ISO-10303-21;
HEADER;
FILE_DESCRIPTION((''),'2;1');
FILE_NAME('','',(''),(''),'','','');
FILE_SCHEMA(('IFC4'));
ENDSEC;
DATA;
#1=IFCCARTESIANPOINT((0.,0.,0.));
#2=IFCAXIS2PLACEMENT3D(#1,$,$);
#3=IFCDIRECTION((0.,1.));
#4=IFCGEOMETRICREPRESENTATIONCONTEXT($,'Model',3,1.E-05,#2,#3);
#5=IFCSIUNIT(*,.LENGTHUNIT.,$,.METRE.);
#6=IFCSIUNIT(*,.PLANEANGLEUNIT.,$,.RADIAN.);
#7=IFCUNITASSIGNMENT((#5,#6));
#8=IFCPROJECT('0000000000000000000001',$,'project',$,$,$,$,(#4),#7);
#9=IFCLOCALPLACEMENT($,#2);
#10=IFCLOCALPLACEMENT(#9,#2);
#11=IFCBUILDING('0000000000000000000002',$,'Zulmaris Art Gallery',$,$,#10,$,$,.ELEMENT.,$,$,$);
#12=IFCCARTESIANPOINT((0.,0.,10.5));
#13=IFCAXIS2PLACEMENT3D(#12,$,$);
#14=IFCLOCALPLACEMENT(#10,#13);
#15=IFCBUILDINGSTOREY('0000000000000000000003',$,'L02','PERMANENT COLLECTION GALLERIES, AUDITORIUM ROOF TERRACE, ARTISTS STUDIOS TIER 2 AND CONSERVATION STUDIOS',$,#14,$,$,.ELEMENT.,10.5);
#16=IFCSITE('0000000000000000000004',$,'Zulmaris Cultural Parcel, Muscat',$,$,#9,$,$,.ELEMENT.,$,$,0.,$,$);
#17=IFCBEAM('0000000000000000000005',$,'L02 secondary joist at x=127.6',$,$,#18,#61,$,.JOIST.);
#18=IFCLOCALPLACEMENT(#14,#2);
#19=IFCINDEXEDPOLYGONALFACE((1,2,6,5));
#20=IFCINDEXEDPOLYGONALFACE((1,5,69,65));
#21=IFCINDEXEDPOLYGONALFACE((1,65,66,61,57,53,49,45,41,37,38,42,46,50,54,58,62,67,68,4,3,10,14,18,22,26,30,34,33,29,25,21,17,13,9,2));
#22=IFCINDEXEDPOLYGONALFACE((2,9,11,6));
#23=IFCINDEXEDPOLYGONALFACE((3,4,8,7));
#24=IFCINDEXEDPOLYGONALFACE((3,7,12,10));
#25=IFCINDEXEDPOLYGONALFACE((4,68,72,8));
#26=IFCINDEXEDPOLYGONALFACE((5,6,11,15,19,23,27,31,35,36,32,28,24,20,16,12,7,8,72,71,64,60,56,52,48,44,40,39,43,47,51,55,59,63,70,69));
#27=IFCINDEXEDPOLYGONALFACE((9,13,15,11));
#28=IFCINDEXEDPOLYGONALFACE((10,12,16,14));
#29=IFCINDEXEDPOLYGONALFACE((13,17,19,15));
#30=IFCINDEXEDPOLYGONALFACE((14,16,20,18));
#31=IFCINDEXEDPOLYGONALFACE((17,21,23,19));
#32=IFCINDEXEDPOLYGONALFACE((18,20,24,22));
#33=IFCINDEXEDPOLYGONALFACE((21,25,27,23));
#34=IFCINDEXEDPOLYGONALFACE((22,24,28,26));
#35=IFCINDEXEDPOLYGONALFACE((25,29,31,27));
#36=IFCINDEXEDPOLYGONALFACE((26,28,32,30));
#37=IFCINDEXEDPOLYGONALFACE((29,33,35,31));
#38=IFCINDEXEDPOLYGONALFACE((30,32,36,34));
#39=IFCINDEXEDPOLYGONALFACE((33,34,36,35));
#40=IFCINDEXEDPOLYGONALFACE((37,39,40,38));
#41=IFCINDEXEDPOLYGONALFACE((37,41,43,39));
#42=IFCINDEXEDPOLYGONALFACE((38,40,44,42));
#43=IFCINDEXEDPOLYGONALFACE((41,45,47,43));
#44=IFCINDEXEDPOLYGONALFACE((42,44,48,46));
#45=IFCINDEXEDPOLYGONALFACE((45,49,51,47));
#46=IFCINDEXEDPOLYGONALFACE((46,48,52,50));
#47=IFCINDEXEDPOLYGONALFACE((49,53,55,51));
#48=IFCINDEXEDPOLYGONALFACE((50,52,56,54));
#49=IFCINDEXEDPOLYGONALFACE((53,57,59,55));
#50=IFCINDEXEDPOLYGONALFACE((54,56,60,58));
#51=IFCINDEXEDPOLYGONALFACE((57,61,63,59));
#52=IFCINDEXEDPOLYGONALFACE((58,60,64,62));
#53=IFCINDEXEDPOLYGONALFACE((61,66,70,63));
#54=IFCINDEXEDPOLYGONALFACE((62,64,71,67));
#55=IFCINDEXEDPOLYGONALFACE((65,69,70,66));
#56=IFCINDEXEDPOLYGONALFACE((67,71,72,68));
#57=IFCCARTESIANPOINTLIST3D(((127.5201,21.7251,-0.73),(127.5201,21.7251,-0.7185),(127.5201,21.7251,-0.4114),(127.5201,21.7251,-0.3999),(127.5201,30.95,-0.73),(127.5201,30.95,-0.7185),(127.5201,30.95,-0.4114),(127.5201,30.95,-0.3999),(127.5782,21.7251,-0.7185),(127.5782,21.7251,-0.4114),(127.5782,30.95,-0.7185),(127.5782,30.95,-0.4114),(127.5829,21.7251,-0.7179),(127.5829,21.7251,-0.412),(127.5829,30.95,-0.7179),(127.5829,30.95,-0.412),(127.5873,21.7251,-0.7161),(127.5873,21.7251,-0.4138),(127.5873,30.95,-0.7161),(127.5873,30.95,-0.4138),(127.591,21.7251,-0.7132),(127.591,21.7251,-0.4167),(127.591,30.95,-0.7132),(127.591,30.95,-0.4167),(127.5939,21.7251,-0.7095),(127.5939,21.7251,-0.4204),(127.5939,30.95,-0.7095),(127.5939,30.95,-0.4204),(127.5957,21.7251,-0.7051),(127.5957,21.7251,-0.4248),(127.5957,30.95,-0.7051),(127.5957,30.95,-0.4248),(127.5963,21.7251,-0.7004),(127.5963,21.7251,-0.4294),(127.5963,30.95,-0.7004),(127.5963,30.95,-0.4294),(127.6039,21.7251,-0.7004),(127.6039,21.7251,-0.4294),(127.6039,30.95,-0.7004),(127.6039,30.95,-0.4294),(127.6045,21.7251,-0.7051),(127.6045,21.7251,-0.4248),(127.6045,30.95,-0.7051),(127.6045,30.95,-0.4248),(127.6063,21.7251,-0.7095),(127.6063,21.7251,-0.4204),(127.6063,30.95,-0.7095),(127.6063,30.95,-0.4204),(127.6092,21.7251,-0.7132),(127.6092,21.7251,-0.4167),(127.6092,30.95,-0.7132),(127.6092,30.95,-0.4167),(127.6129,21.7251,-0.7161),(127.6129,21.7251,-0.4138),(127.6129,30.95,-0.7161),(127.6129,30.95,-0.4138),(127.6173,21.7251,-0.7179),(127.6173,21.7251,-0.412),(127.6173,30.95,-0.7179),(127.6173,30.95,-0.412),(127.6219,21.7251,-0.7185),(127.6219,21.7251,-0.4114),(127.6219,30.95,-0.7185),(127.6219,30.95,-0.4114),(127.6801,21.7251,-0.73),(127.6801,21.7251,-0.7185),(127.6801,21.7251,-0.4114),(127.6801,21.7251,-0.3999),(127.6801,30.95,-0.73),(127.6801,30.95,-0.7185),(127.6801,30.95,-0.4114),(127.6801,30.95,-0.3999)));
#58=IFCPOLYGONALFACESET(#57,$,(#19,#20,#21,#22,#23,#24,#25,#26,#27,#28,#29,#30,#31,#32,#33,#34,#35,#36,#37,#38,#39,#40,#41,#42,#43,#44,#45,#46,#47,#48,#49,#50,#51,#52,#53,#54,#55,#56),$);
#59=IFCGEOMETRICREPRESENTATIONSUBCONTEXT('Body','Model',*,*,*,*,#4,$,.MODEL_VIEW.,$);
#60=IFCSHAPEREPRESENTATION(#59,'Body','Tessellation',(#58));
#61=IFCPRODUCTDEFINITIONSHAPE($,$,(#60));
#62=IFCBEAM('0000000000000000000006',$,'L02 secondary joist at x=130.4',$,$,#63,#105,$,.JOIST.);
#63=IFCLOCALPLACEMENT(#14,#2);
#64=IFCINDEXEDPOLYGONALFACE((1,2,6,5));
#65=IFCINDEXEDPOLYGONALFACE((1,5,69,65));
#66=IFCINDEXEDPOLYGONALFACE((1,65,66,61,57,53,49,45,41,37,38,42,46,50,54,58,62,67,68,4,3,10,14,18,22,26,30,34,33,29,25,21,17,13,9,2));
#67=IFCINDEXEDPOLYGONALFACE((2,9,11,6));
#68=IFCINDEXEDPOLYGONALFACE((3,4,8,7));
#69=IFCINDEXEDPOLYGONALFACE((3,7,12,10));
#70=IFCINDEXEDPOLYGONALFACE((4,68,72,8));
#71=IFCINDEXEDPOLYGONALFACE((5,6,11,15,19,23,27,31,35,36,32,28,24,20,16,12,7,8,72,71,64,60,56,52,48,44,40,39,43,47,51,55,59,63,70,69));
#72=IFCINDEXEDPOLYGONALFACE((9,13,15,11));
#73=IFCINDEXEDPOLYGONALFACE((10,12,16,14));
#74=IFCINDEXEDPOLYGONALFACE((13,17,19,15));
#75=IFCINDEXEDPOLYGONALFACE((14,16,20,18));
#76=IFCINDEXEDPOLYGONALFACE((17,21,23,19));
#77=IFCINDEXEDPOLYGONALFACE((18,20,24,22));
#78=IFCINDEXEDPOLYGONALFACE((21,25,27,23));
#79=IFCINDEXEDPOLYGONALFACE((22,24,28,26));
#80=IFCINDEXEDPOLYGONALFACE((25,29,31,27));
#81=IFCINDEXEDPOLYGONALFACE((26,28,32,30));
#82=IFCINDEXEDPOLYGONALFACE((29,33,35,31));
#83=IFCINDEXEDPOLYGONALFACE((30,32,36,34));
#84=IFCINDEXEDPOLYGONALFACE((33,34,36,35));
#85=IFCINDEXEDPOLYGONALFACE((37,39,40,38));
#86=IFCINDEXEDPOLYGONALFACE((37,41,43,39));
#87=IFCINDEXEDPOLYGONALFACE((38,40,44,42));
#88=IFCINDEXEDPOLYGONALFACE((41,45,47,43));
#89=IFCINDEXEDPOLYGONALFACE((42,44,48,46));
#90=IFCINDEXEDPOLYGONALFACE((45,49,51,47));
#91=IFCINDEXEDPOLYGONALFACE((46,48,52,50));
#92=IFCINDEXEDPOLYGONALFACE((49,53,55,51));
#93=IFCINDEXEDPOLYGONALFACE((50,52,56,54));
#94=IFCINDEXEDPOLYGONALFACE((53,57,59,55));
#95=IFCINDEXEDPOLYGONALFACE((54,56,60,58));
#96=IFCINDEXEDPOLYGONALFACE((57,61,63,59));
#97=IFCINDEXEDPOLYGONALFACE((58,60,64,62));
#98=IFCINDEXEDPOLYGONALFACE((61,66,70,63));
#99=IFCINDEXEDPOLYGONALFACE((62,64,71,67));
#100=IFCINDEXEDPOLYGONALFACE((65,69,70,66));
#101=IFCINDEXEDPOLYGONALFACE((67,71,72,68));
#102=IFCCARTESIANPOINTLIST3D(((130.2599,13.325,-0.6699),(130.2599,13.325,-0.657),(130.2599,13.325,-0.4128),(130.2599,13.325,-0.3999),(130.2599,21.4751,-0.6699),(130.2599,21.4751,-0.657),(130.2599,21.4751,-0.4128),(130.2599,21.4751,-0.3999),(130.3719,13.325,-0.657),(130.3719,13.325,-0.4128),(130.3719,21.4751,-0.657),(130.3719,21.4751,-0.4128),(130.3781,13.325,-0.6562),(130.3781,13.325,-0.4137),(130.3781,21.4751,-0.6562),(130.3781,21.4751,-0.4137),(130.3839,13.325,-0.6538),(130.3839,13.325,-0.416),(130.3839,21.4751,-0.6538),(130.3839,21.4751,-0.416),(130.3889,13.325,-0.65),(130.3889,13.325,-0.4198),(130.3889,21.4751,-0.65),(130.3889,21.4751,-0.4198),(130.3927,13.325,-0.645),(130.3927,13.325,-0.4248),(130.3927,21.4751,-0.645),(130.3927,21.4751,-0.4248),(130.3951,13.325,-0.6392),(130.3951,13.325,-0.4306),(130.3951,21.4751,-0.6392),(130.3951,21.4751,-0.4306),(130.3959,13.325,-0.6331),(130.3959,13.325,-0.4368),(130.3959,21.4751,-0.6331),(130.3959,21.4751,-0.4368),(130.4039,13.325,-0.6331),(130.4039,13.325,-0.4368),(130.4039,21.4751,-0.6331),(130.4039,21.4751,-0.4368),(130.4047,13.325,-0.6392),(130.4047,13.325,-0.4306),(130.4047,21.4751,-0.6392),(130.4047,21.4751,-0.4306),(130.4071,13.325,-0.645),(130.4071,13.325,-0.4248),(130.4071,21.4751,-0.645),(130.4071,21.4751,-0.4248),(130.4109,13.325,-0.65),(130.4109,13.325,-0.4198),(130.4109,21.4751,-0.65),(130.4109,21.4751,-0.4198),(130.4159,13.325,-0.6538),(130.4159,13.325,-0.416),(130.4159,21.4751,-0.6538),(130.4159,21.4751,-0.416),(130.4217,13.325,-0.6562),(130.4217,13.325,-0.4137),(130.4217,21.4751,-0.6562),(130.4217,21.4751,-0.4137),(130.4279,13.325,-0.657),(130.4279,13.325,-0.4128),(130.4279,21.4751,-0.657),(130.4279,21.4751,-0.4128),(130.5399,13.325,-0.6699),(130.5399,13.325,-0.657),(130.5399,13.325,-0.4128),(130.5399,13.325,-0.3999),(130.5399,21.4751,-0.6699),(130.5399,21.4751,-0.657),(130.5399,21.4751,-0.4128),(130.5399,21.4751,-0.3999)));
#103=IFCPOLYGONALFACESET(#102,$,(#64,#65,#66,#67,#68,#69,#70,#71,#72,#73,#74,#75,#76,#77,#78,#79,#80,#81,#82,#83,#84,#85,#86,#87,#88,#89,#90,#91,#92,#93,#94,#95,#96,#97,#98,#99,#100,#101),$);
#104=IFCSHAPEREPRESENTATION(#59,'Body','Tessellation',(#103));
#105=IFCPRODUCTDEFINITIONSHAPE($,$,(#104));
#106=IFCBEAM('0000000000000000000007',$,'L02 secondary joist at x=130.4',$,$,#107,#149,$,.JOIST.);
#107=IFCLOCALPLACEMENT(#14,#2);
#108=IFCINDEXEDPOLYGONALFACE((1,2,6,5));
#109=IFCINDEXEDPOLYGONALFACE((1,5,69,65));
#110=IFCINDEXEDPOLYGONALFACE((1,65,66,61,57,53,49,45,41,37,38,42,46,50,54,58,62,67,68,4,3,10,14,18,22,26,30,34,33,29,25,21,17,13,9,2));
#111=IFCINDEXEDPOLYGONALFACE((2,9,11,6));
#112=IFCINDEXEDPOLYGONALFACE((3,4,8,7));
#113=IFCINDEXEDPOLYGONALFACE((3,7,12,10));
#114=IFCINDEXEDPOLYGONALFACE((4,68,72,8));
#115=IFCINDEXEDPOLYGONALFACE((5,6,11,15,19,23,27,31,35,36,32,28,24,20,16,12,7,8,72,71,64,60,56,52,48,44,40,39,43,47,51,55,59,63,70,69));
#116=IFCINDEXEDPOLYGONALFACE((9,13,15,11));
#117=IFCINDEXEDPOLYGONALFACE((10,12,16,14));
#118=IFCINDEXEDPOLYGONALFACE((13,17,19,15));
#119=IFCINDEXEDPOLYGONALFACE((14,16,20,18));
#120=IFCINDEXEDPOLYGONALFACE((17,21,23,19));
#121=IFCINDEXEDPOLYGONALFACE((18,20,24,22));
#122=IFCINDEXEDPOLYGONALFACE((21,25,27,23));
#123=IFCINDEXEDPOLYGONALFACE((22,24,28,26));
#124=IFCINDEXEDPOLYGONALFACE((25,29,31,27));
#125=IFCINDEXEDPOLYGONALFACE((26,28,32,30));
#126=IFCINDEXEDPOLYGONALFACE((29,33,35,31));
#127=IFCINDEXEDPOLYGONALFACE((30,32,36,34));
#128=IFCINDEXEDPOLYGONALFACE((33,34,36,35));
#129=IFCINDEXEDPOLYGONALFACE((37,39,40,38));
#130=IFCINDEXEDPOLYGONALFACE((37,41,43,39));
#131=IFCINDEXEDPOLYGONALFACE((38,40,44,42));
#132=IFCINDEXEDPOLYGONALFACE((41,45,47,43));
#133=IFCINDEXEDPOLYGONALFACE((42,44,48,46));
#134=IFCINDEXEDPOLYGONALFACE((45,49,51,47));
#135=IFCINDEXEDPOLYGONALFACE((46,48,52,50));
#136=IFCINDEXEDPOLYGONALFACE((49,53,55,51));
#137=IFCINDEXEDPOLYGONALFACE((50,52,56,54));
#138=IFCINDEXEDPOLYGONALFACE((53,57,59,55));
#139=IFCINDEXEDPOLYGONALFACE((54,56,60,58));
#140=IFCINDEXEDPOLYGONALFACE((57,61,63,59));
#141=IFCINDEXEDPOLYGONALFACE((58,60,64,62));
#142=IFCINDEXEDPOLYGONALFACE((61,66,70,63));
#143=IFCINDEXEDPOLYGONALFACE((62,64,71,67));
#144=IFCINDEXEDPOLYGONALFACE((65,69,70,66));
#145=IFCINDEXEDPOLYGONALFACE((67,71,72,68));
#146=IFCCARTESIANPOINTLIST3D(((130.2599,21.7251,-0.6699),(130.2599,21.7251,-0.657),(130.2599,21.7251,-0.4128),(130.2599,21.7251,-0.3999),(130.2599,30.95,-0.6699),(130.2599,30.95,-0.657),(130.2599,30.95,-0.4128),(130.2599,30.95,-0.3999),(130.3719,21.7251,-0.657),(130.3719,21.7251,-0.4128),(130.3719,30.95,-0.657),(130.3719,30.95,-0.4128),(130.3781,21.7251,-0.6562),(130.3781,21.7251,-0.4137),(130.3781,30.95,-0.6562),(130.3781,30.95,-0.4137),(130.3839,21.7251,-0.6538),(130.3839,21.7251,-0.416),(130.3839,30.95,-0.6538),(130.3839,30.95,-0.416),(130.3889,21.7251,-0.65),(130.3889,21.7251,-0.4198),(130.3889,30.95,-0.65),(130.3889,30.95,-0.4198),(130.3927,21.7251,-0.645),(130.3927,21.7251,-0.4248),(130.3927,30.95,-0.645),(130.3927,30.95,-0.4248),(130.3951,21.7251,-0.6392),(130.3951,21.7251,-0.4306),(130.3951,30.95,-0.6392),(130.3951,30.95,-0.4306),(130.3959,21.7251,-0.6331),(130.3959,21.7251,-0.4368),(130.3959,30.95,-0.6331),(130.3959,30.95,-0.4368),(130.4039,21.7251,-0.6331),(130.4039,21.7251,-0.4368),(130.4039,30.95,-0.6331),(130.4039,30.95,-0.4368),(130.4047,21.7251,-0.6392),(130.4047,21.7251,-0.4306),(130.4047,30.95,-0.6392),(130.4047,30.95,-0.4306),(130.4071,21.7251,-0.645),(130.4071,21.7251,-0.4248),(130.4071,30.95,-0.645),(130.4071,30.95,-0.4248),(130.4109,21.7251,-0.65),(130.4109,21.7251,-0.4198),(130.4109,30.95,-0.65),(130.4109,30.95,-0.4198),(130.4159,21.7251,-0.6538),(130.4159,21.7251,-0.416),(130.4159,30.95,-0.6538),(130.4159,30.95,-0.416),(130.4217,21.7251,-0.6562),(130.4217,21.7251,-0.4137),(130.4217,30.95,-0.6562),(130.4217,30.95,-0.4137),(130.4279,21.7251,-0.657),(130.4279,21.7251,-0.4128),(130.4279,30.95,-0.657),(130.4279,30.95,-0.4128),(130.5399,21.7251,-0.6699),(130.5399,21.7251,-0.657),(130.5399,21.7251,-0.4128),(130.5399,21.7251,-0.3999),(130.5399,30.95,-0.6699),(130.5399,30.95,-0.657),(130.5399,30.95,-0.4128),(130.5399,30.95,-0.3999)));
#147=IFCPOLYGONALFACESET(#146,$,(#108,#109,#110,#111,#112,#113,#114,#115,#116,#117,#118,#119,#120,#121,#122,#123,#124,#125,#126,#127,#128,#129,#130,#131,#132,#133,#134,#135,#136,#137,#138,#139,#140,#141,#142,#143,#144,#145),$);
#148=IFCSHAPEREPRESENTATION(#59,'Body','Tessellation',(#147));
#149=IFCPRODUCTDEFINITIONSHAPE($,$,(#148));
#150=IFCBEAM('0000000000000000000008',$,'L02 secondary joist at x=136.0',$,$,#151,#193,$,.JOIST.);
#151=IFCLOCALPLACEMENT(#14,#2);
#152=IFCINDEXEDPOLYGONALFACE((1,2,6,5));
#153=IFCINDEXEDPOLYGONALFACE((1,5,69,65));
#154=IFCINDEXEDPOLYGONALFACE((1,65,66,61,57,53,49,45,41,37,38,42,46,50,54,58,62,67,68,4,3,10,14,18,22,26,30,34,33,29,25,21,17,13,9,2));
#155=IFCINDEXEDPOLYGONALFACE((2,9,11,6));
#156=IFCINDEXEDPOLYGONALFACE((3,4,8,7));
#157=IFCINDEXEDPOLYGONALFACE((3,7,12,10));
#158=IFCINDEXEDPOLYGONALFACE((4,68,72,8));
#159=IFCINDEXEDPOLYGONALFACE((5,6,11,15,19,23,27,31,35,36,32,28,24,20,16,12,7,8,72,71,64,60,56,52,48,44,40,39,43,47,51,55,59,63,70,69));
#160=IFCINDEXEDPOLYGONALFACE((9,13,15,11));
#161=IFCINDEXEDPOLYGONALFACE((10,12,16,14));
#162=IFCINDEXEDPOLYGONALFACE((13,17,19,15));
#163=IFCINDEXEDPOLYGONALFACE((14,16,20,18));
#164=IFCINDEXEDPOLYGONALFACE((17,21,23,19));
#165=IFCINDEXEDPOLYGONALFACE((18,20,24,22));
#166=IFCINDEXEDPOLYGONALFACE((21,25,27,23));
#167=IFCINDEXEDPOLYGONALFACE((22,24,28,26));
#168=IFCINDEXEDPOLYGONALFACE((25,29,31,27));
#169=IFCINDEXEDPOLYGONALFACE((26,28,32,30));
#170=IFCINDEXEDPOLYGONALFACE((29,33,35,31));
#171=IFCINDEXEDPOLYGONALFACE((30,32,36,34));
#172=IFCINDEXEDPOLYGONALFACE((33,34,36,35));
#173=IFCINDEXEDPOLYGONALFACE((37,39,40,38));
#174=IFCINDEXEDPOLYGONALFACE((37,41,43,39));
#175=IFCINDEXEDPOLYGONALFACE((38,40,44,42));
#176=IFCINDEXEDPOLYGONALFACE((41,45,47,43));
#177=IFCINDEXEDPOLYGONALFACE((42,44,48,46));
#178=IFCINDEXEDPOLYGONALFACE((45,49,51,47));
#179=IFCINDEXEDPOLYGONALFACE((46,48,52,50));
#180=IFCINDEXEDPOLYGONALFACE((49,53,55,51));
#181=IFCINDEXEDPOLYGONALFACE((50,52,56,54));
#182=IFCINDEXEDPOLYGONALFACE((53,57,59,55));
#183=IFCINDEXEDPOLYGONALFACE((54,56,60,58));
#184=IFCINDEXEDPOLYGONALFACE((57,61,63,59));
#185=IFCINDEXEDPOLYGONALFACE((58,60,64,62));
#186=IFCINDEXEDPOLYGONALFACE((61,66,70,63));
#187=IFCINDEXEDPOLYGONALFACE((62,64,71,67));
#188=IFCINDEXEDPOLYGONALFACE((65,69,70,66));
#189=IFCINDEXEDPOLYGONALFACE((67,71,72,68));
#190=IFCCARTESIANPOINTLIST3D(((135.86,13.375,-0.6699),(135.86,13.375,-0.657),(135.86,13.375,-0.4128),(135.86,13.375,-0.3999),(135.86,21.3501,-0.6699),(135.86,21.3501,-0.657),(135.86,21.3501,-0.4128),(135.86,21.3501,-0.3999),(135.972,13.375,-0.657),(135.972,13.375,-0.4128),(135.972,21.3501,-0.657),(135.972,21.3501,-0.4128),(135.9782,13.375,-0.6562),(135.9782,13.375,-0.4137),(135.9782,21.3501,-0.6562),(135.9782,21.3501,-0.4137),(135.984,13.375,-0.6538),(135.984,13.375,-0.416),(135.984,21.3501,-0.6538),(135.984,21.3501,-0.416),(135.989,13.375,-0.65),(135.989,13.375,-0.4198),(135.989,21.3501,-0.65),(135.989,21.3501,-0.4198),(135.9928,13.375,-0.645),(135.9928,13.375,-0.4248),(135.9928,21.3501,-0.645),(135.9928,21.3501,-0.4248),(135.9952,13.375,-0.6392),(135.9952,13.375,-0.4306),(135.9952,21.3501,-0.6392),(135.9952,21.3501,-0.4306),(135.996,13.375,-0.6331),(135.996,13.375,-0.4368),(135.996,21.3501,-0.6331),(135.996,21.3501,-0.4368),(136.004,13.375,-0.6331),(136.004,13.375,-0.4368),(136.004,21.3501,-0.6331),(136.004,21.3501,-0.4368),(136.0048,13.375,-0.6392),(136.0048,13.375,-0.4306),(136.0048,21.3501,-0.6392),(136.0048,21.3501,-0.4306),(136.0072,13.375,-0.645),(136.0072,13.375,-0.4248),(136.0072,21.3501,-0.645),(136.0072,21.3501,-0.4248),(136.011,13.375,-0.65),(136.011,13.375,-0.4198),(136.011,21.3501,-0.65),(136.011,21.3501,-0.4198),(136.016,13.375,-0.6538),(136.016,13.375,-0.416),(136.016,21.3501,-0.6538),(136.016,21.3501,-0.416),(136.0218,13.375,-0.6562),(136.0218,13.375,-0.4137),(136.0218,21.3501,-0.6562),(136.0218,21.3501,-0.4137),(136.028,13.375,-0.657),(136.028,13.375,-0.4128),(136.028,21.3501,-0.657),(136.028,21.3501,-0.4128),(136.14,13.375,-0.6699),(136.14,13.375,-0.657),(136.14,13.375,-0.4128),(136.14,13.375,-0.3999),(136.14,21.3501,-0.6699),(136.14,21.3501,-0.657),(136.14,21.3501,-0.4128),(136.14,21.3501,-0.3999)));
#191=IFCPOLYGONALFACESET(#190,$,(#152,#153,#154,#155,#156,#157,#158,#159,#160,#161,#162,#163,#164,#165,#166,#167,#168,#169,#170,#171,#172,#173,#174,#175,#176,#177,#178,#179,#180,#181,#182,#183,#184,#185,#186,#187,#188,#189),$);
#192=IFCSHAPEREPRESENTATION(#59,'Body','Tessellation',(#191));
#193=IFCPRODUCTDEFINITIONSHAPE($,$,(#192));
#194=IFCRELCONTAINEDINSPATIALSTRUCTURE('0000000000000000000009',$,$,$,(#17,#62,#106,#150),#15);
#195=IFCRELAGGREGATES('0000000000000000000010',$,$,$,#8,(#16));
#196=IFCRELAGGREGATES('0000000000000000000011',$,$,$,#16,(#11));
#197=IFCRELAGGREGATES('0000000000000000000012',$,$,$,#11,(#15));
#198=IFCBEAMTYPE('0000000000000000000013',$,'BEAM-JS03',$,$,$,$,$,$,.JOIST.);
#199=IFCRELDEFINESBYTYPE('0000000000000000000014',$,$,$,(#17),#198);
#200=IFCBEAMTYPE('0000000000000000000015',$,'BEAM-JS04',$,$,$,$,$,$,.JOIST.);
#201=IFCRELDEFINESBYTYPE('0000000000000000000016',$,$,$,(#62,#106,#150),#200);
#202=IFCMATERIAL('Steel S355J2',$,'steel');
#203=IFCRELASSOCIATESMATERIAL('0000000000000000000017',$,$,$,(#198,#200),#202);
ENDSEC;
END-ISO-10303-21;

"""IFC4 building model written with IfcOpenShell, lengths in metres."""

from ifc_helpers import new_model, si_unit, direction, frame, origin, origin_2d, place, context, subcontext, project, spatial, i_section, extrude, material, material_profile, profile_set, type_object, element, save


model = new_model("IFC4")

# Units and contexts
model_context = context("Model", 3, precision=1e-05, world=origin(), true_north=direction((0.0, 1.0)))
body_context = subcontext(model_context, "Body", "Model", "MODEL_VIEW")
ifc_project = project(units=[si_unit("LENGTHUNIT", "METRE"), si_unit("PLANEANGLEUNIT", "RADIAN")], contexts=[model_context])

# Site, building, storey
site_placement = place(None, origin())
site = spatial("IfcSite", under=ifc_project, at=site_placement, Name="Zulmaris Cultural Parcel, Muscat", CompositionType="ELEMENT", RefElevation=0.0)
building_placement = place(site_placement, origin())
building = spatial("IfcBuilding", under=site, at=building_placement, Name="Zulmaris Art Gallery", CompositionType="ELEMENT")
storey_placement = place(building_placement, frame((0.0, 0.0, 10.5)))
storey = spatial("IfcBuildingStorey", under=building, at=storey_placement, Name="L02", Description="PERMANENT COLLECTION GALLERIES, AUDITORIUM ROOF TERRACE, ARTISTS STUDIOS TIER 2 AND CONSERVATION STUDIOS", CompositionType="ELEMENT", Elevation=10.5)

# Beams
ifc_material_1 = material(Name="Steel S355J2", Category="steel")
ifc_material_profile_1 = material_profile(ifc_material_1, i_section(OverallWidth=0.1599, OverallDepth=0.3301, WebThickness=0.0076, FlangeThickness=0.0115, FilletRadius=0.0181, at=origin_2d()), Name="IPE 330")
ifc_profile_set_1 = profile_set([ifc_material_profile_1], Name="Steel S355J2")
beam_type_1 = type_object("IfcBeamType", Name="BEAM-JS03", PredefinedType="JOIST", material=ifc_profile_set_1)
beam_1_placement = place(storey_placement, frame((127.6001, 21.7251, -0.5649), z_axis=(0.0, 1.0, 0.0), x_axis=(-1.0, 0.0, 0.0)))
element("IfcBeam", 1, at=beam_1_placement, inside=storey, type_object=beam_type_1, Name="L02 secondary joist at x=127.6", PredefinedType="JOIST", context=body_context, shape_type="SweptSolid", body=[
    extrude(i_section(OverallWidth=0.1599, OverallDepth=0.3301, WebThickness=0.0076, FlangeThickness=0.0115, FilletRadius=0.0181, at=origin_2d()), origin(), (0.0, 0.0, 1.0), 9.2249),
])
ifc_material_profile_2 = material_profile(ifc_material_1, i_section(OverallWidth=0.28, OverallDepth=0.27, WebThickness=0.0081, FlangeThickness=0.0129, FilletRadius=0.0239, at=origin_2d()), Name="HEA 280")
ifc_profile_set_2 = profile_set([ifc_material_profile_2], Name="Steel S355J2")
beam_type_2 = type_object("IfcBeamType", Name="BEAM-JS04", PredefinedType="JOIST", material=ifc_profile_set_2)
beam_2_placement = place(storey_placement, frame((130.3999, 13.325, -0.5349), z_axis=(0.0, 1.0, 0.0), x_axis=(-1.0, 0.0, 0.0)))
element("IfcBeam", 2, at=beam_2_placement, inside=storey, type_object=beam_type_2, Name="L02 secondary joist at x=130.4", PredefinedType="JOIST", context=body_context, shape_type="SweptSolid", body=[
    extrude(i_section(OverallWidth=0.28, OverallDepth=0.27, WebThickness=0.0081, FlangeThickness=0.0129, FilletRadius=0.0239, at=origin_2d()), origin(), (0.0, 0.0, 1.0), 8.1501),
])
beam_3_placement = place(storey_placement, frame((130.3999, 21.7251, -0.5349), z_axis=(0.0, 1.0, 0.0), x_axis=(-1.0, 0.0, 0.0)))
element("IfcBeam", 3, at=beam_3_placement, inside=storey, type_object=beam_type_2, Name="L02 secondary joist at x=130.4", PredefinedType="JOIST", context=body_context, shape_type="SweptSolid", body=[
    extrude(i_section(OverallWidth=0.28, OverallDepth=0.27, WebThickness=0.0081, FlangeThickness=0.0129, FilletRadius=0.0239, at=origin_2d()), origin(), (0.0, 0.0, 1.0), 9.2249),
])
beam_4_placement = place(storey_placement, frame((136.0, 13.375, -0.5349), z_axis=(0.0, 1.0, 0.0), x_axis=(-1.0, 0.0, 0.0)))
element("IfcBeam", 4, at=beam_4_placement, inside=storey, type_object=beam_type_2, Name="L02 secondary joist at x=136.0", PredefinedType="JOIST", context=body_context, shape_type="SweptSolid", body=[
    extrude(i_section(OverallWidth=0.28, OverallDepth=0.27, WebThickness=0.0081, FlangeThickness=0.0129, FilletRadius=0.0239, at=origin_2d()), origin(), (0.0, 0.0, 1.0), 7.9751),
])

save(model, "model.ifc")
